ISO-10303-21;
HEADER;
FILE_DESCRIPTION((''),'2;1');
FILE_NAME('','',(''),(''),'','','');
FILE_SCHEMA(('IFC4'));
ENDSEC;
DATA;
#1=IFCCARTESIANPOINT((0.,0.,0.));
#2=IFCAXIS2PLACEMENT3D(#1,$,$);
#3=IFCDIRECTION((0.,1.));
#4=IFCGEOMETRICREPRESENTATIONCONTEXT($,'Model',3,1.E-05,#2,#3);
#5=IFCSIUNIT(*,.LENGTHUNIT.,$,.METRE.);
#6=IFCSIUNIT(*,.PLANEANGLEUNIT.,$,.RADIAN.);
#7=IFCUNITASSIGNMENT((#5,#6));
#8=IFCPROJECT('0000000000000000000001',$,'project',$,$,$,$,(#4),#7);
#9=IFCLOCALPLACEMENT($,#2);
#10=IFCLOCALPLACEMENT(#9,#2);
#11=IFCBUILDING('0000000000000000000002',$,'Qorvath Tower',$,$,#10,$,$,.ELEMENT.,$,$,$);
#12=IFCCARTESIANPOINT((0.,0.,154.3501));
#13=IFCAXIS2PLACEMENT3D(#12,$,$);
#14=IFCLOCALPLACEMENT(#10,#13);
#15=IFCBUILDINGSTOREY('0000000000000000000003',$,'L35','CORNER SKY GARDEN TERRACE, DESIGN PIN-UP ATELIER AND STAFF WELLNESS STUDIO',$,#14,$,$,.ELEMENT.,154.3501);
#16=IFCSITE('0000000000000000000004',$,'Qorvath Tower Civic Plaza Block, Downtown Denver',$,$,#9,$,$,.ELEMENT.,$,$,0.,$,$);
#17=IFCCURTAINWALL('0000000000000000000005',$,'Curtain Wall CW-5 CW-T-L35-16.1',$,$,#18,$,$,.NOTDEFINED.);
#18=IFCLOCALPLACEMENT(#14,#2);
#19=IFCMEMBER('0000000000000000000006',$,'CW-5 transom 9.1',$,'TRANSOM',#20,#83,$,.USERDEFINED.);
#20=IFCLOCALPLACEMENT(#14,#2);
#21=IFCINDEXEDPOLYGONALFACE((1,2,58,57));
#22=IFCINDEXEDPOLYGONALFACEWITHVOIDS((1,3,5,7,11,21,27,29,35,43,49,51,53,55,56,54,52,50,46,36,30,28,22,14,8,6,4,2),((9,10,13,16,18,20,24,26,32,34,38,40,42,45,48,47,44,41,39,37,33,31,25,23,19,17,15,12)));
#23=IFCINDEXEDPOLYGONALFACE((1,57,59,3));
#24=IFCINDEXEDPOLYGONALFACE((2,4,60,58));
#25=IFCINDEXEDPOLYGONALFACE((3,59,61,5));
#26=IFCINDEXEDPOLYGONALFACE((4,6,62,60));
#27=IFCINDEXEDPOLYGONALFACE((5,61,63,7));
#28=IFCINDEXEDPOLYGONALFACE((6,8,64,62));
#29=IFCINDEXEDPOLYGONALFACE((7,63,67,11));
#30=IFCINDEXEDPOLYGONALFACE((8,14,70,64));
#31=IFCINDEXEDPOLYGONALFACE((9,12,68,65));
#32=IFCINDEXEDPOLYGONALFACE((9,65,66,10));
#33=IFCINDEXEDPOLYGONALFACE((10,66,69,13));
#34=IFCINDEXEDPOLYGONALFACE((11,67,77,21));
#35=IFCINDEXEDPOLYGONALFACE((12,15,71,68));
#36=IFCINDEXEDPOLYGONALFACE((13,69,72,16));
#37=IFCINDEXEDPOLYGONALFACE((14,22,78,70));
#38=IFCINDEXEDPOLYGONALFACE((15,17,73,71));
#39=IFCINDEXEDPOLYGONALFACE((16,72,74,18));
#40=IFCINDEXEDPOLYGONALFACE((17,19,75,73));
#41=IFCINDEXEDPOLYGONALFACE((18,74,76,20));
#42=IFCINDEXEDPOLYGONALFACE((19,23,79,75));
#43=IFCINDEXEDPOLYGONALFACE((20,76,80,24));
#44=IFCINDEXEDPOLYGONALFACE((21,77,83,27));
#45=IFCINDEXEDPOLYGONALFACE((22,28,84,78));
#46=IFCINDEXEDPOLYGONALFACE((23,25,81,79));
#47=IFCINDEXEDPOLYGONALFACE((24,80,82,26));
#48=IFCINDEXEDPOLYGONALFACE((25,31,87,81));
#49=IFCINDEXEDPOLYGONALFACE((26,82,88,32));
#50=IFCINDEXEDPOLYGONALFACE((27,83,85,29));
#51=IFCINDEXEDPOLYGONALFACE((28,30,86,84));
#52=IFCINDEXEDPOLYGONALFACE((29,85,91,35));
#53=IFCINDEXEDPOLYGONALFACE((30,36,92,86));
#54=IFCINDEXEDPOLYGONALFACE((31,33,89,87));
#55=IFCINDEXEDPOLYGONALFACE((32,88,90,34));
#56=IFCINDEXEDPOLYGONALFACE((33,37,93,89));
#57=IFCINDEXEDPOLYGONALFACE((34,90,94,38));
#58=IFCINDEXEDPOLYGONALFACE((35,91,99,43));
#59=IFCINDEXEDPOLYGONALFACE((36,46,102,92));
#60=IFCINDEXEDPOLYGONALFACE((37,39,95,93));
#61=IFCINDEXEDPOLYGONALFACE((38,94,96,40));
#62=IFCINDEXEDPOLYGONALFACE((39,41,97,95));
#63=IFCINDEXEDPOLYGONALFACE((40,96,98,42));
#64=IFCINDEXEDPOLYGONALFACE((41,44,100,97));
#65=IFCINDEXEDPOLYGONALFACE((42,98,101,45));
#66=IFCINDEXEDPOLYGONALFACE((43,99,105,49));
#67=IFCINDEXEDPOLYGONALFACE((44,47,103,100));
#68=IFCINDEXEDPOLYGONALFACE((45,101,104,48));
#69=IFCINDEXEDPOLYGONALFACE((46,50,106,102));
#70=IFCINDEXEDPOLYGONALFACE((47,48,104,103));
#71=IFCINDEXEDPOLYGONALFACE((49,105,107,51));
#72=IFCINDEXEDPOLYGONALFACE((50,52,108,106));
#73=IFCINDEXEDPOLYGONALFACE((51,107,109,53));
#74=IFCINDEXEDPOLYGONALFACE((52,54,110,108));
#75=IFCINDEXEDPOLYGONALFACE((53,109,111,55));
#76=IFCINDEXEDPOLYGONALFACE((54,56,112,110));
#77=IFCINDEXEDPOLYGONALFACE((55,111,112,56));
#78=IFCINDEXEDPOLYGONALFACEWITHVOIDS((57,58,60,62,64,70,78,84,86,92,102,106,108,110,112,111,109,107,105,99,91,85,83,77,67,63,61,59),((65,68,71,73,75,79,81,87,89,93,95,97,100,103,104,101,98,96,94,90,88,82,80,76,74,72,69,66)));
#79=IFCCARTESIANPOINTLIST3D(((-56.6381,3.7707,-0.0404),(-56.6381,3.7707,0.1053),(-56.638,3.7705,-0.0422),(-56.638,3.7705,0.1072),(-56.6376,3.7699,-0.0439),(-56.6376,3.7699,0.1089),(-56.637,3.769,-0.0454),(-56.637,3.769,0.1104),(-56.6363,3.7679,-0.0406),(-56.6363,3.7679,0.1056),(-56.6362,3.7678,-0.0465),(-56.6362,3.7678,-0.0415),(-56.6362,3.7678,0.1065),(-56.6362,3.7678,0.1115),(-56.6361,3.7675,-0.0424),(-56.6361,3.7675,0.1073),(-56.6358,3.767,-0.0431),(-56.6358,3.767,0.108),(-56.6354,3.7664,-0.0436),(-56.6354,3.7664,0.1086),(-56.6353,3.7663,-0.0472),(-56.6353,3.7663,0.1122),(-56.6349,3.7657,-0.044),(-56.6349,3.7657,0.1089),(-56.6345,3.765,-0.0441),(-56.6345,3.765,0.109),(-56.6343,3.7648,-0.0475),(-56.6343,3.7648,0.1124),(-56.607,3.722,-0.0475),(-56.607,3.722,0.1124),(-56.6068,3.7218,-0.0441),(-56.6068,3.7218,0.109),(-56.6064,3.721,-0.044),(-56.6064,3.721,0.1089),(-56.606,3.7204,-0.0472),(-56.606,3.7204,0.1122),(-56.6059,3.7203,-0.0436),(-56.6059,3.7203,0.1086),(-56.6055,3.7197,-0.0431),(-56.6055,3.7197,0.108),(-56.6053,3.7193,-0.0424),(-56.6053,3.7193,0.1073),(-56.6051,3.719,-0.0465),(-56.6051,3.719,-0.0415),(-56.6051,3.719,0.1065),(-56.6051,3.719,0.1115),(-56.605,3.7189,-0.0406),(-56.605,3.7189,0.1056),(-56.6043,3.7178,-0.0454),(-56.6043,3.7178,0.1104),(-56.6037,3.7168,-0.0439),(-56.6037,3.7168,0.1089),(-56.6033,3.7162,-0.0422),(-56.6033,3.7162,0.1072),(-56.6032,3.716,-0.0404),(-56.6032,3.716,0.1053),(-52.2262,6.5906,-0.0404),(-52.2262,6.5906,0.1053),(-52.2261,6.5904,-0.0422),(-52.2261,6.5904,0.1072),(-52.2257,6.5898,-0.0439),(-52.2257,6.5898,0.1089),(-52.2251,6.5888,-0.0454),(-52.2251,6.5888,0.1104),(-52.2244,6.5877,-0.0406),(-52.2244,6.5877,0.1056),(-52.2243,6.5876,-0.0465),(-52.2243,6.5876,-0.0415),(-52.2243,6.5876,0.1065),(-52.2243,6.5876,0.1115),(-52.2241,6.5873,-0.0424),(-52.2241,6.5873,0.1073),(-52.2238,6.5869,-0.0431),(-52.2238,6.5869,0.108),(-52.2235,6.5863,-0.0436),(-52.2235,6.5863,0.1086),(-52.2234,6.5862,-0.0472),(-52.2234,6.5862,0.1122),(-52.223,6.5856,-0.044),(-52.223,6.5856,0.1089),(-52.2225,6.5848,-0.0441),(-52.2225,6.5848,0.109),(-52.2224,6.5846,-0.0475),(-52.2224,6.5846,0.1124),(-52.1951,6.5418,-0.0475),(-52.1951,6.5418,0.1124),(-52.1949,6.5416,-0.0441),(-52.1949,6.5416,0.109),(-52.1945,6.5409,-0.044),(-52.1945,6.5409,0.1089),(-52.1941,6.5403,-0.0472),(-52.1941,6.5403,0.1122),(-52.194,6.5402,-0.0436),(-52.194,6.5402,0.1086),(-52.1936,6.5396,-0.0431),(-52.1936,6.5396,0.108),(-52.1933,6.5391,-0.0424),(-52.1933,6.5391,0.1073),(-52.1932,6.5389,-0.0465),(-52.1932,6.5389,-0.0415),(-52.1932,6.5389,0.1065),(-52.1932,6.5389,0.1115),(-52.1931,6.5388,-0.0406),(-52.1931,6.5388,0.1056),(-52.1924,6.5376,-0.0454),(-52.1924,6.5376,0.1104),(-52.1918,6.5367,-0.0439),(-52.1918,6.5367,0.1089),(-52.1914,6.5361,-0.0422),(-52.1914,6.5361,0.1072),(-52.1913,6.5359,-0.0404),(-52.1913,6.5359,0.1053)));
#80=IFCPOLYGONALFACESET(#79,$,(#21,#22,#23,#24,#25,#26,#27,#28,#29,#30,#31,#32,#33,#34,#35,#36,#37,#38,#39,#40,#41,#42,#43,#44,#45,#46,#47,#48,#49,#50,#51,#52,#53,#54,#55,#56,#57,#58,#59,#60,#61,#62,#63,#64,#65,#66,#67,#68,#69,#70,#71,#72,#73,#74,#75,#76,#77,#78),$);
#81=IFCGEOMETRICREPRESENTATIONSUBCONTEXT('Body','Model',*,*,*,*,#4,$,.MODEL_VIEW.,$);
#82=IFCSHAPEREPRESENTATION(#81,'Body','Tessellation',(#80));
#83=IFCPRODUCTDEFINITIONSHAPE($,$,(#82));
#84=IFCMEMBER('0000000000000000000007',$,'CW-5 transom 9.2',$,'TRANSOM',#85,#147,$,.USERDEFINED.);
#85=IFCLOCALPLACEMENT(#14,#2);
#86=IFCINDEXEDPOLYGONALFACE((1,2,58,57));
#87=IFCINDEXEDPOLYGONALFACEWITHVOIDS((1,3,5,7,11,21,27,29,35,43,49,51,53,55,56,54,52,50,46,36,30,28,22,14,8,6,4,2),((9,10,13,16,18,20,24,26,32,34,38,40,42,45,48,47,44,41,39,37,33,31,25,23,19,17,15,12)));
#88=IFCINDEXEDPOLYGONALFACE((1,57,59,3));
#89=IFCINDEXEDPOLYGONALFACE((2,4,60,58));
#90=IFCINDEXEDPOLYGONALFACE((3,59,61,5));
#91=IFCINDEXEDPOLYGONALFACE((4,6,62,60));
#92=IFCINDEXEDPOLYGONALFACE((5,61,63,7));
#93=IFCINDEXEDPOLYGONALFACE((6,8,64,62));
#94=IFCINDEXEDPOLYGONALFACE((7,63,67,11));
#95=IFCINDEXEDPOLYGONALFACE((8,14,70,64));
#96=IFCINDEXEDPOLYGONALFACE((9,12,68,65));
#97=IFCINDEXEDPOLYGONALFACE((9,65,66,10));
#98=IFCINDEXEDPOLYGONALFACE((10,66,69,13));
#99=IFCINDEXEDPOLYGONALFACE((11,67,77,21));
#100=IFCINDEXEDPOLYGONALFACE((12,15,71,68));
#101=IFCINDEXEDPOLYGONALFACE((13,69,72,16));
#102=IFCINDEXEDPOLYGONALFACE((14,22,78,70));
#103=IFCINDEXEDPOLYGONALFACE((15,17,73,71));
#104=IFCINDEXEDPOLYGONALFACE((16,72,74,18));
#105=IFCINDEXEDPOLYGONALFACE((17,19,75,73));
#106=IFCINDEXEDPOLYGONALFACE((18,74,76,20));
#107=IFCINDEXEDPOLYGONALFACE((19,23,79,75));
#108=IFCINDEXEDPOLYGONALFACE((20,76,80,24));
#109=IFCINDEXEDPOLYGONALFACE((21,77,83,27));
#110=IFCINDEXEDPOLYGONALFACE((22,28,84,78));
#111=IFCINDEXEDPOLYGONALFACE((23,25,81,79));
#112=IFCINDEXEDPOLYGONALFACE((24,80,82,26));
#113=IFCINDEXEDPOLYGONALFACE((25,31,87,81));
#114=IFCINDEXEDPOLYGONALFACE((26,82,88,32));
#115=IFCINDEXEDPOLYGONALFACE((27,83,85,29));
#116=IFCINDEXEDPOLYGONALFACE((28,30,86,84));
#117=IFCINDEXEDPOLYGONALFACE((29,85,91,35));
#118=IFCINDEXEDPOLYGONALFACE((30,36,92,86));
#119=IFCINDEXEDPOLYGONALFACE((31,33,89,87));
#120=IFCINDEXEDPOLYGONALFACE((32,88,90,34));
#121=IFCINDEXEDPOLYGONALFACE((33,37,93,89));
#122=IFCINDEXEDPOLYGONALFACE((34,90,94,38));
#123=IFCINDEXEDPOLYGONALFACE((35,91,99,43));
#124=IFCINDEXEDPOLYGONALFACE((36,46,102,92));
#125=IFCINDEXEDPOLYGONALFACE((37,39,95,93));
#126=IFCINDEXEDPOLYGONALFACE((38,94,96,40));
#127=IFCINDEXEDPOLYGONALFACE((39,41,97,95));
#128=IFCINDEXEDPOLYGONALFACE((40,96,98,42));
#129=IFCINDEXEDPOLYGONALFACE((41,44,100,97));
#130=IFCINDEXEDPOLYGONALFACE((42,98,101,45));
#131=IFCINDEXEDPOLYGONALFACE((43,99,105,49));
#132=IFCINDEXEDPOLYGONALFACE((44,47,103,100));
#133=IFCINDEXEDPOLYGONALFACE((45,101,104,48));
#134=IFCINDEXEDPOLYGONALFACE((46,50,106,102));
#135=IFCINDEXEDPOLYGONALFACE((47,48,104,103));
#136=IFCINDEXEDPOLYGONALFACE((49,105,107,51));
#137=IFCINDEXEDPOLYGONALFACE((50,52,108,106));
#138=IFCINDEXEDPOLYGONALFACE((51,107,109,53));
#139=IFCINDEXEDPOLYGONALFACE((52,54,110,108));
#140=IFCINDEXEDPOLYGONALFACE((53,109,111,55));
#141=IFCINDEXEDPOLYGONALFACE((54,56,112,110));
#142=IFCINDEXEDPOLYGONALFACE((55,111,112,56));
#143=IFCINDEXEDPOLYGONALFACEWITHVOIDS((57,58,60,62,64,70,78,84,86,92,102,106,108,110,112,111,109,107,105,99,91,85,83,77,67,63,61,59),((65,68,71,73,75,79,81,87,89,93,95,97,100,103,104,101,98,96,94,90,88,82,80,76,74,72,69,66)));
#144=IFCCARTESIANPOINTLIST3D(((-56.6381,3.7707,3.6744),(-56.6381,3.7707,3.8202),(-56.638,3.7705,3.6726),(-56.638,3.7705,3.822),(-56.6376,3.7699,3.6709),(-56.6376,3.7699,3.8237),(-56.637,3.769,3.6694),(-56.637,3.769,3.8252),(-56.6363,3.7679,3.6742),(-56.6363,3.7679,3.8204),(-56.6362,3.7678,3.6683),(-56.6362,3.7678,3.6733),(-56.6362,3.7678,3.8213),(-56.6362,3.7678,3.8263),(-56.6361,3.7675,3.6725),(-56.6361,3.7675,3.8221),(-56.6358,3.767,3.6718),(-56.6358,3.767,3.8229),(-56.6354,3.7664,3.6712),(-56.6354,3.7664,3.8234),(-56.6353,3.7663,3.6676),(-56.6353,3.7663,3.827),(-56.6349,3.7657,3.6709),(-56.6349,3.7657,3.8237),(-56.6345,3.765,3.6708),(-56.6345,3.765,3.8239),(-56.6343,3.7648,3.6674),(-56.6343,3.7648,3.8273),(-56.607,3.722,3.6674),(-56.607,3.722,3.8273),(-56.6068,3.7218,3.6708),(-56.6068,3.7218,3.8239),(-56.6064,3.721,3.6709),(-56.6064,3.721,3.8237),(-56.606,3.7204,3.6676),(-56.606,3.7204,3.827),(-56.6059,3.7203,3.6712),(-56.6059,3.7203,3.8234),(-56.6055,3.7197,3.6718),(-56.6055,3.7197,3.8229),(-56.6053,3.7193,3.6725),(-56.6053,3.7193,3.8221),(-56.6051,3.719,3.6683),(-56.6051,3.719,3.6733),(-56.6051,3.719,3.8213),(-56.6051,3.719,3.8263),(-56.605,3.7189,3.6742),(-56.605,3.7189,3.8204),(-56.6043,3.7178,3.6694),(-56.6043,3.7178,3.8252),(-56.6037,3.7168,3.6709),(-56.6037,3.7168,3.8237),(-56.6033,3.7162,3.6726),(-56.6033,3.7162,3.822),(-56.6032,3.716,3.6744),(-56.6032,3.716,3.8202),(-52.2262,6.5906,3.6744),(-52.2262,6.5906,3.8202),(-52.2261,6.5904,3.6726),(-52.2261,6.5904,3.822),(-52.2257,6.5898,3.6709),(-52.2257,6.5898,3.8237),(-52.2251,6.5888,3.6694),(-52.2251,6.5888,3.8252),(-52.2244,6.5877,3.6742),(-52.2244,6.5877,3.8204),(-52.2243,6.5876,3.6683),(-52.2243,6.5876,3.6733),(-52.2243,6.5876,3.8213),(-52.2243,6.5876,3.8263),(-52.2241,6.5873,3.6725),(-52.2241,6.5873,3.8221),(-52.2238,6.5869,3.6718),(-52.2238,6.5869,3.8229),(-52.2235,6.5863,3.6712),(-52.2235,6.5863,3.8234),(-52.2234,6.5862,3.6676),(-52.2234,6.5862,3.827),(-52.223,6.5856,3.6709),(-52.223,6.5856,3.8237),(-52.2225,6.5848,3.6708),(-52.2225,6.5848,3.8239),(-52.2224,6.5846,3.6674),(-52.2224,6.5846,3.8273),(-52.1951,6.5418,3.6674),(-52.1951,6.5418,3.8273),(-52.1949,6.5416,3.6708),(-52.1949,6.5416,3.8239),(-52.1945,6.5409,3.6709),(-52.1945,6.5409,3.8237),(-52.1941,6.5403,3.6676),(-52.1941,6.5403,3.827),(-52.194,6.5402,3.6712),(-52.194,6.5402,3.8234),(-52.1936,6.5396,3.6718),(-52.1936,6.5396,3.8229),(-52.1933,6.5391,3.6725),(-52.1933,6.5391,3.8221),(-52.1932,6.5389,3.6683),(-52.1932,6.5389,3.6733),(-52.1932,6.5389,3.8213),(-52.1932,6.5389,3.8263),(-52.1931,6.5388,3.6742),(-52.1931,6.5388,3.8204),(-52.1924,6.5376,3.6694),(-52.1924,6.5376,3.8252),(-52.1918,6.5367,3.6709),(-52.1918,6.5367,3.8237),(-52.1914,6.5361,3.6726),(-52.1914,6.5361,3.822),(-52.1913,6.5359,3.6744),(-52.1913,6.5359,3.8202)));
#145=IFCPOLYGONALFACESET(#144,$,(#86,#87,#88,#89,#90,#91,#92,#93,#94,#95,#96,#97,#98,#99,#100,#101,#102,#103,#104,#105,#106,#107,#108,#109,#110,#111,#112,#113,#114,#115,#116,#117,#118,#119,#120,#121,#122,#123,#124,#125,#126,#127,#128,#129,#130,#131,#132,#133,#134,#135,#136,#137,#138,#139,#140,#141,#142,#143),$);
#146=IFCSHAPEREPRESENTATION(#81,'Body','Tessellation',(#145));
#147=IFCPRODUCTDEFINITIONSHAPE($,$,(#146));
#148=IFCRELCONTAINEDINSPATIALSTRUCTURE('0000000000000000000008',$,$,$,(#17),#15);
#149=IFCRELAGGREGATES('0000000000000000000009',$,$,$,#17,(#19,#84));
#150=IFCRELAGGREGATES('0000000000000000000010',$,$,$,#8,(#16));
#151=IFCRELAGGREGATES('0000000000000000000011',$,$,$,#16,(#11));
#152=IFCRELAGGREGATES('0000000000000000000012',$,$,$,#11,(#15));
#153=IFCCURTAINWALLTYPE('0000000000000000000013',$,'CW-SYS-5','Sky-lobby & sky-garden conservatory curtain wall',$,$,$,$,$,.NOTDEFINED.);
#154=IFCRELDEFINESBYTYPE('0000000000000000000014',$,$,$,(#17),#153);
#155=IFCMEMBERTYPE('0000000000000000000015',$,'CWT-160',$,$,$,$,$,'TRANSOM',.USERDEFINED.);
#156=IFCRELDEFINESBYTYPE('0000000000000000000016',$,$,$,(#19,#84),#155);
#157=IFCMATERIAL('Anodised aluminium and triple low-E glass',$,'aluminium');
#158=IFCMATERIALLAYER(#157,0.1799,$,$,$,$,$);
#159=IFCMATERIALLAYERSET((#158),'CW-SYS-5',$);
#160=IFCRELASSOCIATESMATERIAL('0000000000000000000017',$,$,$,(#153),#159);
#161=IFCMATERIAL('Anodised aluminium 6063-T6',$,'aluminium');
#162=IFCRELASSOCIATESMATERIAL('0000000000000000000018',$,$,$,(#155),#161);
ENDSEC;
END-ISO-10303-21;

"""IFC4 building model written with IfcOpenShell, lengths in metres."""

from ifc_helpers import new_model, si_unit, direction, frame, origin, origin_2d, place, context, subcontext, project, spatial, hollow_rectangle, extrude, material, layer, layer_set, material_profile, profile_set, type_object, element, aggregate, save


model = new_model("IFC4")

# Units and contexts
model_context = context("Model", 3, precision=1e-05, world=origin(), true_north=direction((0.0, 1.0)))
body_context = subcontext(model_context, "Body", "Model", "MODEL_VIEW")
ifc_project = project(units=[si_unit("LENGTHUNIT", "METRE"), si_unit("PLANEANGLEUNIT", "RADIAN")], contexts=[model_context])

# Site, building, storey
site_placement = place(None, origin())
site = spatial("IfcSite", under=ifc_project, at=site_placement, Name="Qorvath Tower Civic Plaza Block, Downtown Denver", CompositionType="ELEMENT", RefElevation=0.0)
building_placement = place(site_placement, origin())
building = spatial("IfcBuilding", under=site, at=building_placement, Name="Qorvath Tower", CompositionType="ELEMENT")
storey_placement = place(building_placement, frame((0.0, 0.0, 154.3501)))
storey = spatial("IfcBuildingStorey", under=building, at=storey_placement, Name="L35", Description="CORNER SKY GARDEN TERRACE, DESIGN PIN-UP ATELIER AND STAFF WELLNESS STUDIO", CompositionType="ELEMENT", Elevation=154.3501)

# Curtain wall
ifc_material_1 = material(Name="Anodised aluminium and triple low-E glass", Category="aluminium")
ifc_layer_1 = layer(ifc_material_1, 0.1799)
ifc_layer_set_1 = layer_set([ifc_layer_1], Name="CW-SYS-5")
curtain_wall_type = type_object("IfcCurtainWallType", Name="CW-SYS-5", Description="Sky-lobby & sky-garden conservatory curtain wall", PredefinedType="NOTDEFINED", material=ifc_layer_set_1)
curtain_wall_1_placement = place(storey_placement, origin())
curtain_wall_1 = element("IfcCurtainWall", 1, at=curtain_wall_1_placement, inside=storey, type_object=curtain_wall_type, Name="Curtain Wall CW-5 CW-T-L35-16.1", PredefinedType="NOTDEFINED")

# Members
ifc_material_2 = material(Name="Anodised aluminium 6063-T6", Category="aluminium")
ifc_material_profile_1 = material_profile(ifc_material_2, hollow_rectangle(XDim=0.0649, YDim=0.1599, WallThickness=0.0034, InnerFilletRadius=0.0034, OuterFilletRadius=0.0071, at=origin_2d()), Name="CWT 160x65")
ifc_profile_set_1 = profile_set([ifc_material_profile_1], Name="Anodised aluminium 6063-T6")
member_type_1 = type_object("IfcMemberType", Name="CWT-160", ElementType="TRANSOM", PredefinedType="USERDEFINED", material=ifc_profile_set_1)
member_1_placement = place(storey_placement, frame((-52.2087, 6.5632, 0.0325), z_axis=(-0.842598, -0.538543, 0.0), x_axis=(0.538543, -0.842598, 0.0)))
member_1 = element("IfcMember", 2, at=member_1_placement, type_object=member_type_1, Name="CW-5 transom 9.1", ObjectType="TRANSOM", PredefinedType="USERDEFINED", context=body_context, shape_type="SweptSolid", body=[
    extrude(hollow_rectangle(XDim=0.0649, YDim=0.1599, WallThickness=0.0034, InnerFilletRadius=0.0034, OuterFilletRadius=0.0071, at=origin_2d()), origin(), (0.0, 0.0, 1.0), 5.2361),
])
member_2_placement = place(storey_placement, frame((-52.2087, 6.5632, 3.7473), z_axis=(-0.842598, -0.538543, 0.0), x_axis=(0.538543, -0.842598, 0.0)))
member_2 = element("IfcMember", 3, at=member_2_placement, type_object=member_type_1, Name="CW-5 transom 9.2", ObjectType="TRANSOM", PredefinedType="USERDEFINED", context=body_context, shape_type="SweptSolid", body=[
    extrude(hollow_rectangle(XDim=0.0649, YDim=0.1599, WallThickness=0.0034, InnerFilletRadius=0.0034, OuterFilletRadius=0.0071, at=origin_2d()), origin(), (0.0, 0.0, 1.0), 5.2361),
])

aggregate(curtain_wall_1, [member_1, member_2])

save(model, "model.ifc")
